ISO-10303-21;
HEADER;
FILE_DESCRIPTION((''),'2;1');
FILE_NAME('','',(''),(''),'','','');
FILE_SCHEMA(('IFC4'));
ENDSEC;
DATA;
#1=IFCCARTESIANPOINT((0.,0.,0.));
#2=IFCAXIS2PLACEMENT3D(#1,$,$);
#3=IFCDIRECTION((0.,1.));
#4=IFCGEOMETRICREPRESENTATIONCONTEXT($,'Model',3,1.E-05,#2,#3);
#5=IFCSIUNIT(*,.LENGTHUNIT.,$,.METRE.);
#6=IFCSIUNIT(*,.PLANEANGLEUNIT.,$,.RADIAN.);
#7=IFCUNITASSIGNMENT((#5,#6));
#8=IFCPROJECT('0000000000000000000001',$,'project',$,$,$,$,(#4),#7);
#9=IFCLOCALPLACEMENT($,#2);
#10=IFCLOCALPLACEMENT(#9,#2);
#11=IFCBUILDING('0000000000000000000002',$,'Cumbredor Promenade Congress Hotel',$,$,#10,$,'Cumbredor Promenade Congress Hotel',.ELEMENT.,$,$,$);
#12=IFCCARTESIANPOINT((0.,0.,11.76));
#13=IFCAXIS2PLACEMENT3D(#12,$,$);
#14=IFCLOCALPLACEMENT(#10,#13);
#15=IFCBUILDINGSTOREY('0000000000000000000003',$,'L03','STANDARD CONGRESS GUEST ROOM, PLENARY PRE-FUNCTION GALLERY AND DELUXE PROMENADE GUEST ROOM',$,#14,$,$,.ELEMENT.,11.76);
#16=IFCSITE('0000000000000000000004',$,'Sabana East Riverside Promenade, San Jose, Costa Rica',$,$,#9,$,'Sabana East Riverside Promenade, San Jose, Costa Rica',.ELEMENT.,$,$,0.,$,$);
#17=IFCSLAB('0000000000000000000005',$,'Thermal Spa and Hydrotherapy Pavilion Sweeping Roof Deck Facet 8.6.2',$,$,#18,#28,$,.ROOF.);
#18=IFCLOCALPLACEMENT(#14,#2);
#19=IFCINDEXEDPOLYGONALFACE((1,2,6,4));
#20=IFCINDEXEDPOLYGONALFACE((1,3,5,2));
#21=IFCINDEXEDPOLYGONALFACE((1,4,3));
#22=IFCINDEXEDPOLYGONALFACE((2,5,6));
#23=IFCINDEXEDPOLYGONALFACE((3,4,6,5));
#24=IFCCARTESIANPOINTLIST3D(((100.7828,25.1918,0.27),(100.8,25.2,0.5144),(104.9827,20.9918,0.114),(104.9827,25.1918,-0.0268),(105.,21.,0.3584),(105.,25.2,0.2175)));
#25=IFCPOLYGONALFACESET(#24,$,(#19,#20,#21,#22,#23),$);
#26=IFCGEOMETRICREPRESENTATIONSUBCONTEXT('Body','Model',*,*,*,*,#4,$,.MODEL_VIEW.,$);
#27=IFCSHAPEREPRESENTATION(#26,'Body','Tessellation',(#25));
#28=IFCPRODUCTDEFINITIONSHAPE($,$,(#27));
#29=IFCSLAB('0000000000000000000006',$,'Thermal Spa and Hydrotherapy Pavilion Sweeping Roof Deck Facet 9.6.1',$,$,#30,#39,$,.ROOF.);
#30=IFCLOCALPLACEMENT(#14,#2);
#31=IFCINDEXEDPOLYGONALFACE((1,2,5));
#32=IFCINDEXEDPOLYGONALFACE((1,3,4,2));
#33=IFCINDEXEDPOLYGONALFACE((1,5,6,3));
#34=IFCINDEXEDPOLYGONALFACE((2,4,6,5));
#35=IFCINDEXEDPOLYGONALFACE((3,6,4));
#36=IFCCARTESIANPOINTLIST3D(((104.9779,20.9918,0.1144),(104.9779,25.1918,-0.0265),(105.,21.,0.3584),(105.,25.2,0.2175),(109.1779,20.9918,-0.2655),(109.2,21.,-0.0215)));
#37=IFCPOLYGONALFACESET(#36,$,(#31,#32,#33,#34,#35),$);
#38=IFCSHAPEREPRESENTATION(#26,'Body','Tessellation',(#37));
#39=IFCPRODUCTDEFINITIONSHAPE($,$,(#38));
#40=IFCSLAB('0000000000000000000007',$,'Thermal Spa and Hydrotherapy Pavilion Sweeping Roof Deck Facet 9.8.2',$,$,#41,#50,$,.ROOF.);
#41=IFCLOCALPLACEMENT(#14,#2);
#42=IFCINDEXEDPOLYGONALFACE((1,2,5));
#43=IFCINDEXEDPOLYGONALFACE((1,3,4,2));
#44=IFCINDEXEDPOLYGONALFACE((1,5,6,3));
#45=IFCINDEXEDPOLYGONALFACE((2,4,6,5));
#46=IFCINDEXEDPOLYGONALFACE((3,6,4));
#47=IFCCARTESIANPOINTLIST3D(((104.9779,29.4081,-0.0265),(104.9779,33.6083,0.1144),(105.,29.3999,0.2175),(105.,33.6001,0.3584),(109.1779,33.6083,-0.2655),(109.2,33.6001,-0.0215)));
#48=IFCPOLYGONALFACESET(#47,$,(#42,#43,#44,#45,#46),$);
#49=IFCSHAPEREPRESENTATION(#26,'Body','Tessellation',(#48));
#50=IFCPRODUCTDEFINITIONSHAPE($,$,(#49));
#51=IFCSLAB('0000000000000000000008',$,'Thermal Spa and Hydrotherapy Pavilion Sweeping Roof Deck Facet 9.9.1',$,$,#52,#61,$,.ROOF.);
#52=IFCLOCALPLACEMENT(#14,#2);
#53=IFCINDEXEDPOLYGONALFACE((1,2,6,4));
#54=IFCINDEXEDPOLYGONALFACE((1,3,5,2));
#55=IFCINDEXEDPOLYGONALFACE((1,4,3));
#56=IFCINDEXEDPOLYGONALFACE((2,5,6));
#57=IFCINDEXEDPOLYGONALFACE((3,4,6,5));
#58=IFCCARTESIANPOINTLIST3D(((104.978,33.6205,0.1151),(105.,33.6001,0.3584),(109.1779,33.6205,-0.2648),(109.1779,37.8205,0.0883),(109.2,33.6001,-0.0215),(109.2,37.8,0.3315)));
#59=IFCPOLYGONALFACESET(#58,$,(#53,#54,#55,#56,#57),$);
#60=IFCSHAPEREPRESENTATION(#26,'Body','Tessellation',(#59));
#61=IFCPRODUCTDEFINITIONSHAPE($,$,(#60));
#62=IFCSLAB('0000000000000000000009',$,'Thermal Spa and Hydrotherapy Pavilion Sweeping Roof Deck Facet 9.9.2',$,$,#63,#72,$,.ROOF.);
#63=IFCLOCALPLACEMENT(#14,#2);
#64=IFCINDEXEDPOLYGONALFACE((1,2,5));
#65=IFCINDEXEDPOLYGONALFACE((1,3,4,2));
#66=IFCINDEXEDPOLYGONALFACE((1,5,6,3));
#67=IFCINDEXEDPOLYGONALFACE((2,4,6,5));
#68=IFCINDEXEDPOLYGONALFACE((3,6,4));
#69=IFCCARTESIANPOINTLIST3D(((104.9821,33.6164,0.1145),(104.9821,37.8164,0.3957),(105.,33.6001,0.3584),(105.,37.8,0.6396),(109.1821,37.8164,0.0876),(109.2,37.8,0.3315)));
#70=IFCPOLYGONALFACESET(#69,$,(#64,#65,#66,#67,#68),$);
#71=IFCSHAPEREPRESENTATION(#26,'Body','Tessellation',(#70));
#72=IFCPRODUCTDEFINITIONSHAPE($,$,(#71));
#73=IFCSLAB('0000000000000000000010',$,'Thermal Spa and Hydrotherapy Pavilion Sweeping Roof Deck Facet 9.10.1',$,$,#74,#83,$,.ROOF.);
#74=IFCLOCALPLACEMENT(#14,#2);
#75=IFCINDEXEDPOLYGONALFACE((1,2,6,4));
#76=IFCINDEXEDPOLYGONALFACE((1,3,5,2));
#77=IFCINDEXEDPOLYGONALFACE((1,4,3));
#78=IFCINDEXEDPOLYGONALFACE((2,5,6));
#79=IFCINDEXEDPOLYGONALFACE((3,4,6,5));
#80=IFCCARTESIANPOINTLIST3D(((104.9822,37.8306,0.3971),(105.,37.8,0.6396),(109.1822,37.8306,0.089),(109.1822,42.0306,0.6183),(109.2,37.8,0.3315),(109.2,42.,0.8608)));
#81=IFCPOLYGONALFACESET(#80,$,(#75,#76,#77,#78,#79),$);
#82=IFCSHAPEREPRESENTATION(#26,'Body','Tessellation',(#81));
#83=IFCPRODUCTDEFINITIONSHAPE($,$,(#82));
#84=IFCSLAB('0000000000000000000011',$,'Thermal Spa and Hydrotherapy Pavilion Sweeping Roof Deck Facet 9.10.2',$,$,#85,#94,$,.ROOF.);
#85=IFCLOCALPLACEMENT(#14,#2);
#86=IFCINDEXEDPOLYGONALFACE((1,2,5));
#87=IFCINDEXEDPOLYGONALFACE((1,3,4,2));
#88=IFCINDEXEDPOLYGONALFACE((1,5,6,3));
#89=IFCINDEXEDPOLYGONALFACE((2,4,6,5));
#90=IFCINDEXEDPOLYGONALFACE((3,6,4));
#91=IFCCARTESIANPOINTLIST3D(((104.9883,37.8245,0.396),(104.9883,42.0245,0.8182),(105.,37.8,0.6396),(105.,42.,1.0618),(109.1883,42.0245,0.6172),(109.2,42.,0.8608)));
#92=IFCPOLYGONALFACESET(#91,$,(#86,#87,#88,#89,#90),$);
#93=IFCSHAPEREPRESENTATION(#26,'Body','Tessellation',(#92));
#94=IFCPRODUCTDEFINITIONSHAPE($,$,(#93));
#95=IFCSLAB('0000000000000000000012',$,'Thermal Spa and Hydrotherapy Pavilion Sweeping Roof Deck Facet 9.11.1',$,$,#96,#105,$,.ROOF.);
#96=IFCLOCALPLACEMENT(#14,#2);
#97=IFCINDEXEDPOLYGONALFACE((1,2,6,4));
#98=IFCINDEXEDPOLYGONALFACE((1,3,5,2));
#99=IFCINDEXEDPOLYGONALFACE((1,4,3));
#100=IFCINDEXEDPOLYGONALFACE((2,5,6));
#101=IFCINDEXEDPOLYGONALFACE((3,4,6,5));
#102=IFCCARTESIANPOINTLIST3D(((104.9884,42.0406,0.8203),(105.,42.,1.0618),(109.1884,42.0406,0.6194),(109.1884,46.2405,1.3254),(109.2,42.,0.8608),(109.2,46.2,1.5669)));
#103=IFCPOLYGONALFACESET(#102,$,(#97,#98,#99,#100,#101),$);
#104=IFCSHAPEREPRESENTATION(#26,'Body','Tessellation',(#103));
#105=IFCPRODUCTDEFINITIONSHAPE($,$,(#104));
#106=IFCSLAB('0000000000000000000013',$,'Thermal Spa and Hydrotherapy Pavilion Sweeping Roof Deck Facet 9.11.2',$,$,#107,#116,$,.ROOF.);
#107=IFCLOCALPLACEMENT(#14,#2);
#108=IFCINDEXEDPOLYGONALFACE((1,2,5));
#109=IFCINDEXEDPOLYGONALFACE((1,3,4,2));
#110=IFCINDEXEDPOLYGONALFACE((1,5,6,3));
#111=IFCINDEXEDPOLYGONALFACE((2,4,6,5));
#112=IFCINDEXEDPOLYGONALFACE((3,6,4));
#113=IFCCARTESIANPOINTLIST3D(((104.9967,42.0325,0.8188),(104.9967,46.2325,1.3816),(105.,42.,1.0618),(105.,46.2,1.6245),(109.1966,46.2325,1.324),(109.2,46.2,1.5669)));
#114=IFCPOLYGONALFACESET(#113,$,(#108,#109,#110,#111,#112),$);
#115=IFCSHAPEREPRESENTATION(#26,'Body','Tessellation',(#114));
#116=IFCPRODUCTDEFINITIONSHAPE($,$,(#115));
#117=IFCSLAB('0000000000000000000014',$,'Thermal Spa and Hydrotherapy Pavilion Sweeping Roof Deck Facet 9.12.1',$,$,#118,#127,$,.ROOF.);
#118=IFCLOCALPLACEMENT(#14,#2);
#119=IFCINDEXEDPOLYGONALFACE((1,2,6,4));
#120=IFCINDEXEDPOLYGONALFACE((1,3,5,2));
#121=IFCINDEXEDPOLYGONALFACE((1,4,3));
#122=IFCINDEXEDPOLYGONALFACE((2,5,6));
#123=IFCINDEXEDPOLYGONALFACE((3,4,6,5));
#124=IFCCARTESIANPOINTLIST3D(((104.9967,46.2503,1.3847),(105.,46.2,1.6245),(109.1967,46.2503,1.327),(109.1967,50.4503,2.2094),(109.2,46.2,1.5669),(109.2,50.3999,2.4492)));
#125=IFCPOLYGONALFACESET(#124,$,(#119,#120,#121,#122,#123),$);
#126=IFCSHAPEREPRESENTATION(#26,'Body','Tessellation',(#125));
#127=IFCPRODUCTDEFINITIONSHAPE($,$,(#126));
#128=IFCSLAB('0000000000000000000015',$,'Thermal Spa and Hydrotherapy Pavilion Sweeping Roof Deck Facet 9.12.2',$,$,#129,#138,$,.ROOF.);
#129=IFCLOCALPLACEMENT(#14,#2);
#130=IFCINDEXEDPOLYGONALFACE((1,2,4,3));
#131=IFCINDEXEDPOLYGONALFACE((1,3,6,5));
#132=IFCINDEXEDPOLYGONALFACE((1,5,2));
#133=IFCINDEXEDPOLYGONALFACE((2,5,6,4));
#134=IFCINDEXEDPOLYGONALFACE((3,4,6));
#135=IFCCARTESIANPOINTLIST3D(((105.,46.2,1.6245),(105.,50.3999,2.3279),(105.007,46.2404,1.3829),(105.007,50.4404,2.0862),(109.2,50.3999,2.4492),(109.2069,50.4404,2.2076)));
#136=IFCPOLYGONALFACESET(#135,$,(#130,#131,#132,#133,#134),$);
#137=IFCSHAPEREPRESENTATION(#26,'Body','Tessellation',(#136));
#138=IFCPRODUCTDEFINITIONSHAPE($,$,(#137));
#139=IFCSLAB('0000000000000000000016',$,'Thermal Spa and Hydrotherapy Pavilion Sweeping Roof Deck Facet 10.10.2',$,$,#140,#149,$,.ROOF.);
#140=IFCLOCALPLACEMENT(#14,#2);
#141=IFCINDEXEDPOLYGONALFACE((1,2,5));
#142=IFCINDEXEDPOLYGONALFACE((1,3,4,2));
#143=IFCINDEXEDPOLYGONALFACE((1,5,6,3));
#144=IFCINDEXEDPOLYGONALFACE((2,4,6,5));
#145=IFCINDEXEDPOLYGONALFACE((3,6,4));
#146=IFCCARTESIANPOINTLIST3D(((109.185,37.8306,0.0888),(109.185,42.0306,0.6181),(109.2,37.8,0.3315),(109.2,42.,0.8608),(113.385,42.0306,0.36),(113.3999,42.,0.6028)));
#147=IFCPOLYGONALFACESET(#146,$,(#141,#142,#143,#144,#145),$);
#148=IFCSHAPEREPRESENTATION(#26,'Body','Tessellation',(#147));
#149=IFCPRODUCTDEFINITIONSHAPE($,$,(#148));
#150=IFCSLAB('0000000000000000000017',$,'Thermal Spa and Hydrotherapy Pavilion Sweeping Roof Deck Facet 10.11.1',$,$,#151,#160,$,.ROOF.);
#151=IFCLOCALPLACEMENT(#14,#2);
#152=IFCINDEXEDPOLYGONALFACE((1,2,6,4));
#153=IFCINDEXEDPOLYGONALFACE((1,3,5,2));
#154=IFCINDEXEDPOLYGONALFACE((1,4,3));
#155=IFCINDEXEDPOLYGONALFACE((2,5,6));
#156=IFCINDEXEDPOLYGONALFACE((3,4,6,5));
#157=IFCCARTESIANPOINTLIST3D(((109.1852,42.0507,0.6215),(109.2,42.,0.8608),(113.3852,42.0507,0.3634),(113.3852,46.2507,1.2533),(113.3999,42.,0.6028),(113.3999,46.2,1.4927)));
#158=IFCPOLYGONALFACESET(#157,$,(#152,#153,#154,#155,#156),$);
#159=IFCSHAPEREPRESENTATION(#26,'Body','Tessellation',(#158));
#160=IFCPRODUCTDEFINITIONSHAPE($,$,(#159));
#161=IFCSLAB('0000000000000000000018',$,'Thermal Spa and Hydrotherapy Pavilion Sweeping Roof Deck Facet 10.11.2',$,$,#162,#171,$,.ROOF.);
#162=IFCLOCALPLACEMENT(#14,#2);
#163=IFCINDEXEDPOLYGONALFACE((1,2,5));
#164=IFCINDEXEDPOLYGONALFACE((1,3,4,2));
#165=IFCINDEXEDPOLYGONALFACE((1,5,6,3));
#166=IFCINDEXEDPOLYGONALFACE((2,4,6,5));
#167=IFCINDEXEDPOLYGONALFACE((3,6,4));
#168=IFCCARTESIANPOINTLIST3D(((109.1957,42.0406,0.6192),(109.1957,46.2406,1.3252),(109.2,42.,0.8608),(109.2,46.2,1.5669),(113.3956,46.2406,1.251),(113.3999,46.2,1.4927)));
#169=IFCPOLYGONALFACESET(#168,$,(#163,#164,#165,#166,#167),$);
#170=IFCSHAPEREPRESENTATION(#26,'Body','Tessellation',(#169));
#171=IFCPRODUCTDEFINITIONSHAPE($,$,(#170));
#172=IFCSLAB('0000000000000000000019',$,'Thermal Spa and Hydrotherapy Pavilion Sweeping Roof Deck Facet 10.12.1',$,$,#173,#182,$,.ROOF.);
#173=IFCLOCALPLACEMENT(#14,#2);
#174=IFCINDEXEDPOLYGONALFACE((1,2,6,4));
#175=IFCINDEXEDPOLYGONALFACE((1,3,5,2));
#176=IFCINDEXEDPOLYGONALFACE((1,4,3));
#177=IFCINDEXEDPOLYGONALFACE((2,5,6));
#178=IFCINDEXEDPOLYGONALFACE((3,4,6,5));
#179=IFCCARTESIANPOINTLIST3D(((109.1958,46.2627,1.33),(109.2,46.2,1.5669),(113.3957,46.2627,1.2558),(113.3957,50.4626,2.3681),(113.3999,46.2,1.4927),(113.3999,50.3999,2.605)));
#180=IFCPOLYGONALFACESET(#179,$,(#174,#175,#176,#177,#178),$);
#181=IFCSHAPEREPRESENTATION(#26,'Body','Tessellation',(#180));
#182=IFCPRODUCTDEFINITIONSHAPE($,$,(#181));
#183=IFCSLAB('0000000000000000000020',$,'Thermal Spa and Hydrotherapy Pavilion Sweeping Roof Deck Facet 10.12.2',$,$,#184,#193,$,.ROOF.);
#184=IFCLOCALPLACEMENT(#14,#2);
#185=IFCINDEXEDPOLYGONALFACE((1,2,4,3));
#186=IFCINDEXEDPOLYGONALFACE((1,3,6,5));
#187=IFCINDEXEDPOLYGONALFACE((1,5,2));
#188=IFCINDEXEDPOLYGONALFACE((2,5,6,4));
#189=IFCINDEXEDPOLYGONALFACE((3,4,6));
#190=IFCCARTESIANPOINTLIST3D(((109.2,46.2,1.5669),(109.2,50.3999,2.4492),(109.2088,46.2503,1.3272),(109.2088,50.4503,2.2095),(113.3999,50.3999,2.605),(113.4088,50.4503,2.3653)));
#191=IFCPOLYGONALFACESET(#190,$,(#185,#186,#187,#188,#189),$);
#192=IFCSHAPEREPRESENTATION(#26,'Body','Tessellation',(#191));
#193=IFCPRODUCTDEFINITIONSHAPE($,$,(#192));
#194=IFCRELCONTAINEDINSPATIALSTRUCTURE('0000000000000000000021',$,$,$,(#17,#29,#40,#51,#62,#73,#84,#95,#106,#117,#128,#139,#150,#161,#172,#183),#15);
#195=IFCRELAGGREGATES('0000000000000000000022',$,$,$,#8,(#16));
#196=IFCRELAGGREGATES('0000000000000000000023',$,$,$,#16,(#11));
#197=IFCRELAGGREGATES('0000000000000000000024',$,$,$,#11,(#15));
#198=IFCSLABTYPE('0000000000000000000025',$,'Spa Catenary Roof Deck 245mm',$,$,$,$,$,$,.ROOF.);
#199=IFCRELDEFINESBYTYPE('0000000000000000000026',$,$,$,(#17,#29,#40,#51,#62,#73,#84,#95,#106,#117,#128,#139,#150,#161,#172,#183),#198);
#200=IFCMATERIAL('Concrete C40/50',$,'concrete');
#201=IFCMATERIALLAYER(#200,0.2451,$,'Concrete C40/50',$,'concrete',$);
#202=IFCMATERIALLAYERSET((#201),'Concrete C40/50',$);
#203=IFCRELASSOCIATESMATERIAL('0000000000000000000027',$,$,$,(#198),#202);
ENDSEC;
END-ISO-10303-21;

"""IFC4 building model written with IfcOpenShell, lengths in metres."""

from ifc_helpers import new_model, si_unit, direction, frame, origin, place, context, subcontext, project, spatial, polyline, outline, extrude, material, layer, layer_set, type_object, element, save


model = new_model("IFC4")

# Units and contexts
model_context = context("Model", 3, precision=1e-05, world=origin(), true_north=direction((0.0, 1.0)))
body_context = subcontext(model_context, "Body", "Model", "MODEL_VIEW")
ifc_project = project(units=[si_unit("LENGTHUNIT", "METRE"), si_unit("PLANEANGLEUNIT", "RADIAN")], contexts=[model_context])

# Site, building, storey
site_placement = place(None, origin())
site = spatial("IfcSite", under=ifc_project, at=site_placement, Name="Sabana East Riverside Promenade, San Jose, Costa Rica", LongName="Sabana East Riverside Promenade, San Jose, Costa Rica", CompositionType="ELEMENT", RefElevation=0.0)
building_placement = place(site_placement, origin())
building = spatial("IfcBuilding", under=site, at=building_placement, Name="Cumbredor Promenade Congress Hotel", LongName="Cumbredor Promenade Congress Hotel", CompositionType="ELEMENT")
storey_placement = place(building_placement, frame((0.0, 0.0, 11.76)))
storey = spatial("IfcBuildingStorey", under=building, at=storey_placement, Name="L03", Description="STANDARD CONGRESS GUEST ROOM, PLENARY PRE-FUNCTION GALLERY AND DELUXE PROMENADE GUEST ROOM", CompositionType="ELEMENT", Elevation=11.76)

# Slabs
ifc_material_1 = material(Name="Concrete C40/50", Category="concrete")
ifc_layer_1 = layer(ifc_material_1, 0.2451, Name="Concrete C40/50", Category="concrete")
ifc_layer_set_1 = layer_set([ifc_layer_1], Name="Concrete C40/50")
slab_type = type_object("IfcSlabType", Name="Spa Catenary Roof Deck 245mm", PredefinedType="ROOF", material=ifc_layer_set_1)
slab_1_placement = place(storey_placement, frame((105.0, 21.0, 0.3584), z_axis=(0.07047, 0.033438, 0.996953), x_axis=(0.0, 0.999438, -0.033522)))
element("IfcSlab", 1, at=slab_1_placement, inside=storey, type_object=slab_type, Name="Thermal Spa and Hydrotherapy Pavilion Sweeping Roof Deck Facet 8.6.2", PredefinedType="ROOF", context=body_context, shape_type="SweptSolid", body=[
    extrude(outline(polyline([(0.0, 0.0), (4.2023, 0.0), (4.1924, 4.2104), (0.0, 0.0)])), origin(), (0.0, 0.0, -1.0), 0.2451),
])
slab_2_placement = place(storey_placement, frame((105.0, 21.0, 0.3584), z_axis=(0.090031, 0.033386, 0.995379), x_axis=(0.995934, 0.0, -0.090082)))
element("IfcSlab", 2, at=slab_2_placement, inside=storey, type_object=slab_type, Name="Thermal Spa and Hydrotherapy Pavilion Sweeping Roof Deck Facet 9.6.1", PredefinedType="ROOF", context=body_context, shape_type="SweptSolid", body=[
    extrude(outline(polyline([(0.0, 0.0), (4.2171, 0.0), (0.0127, 4.2023), (0.0, 0.0)])), origin(), (0.0, 0.0, -1.0), 0.2451),
])
slab_3_placement = place(storey_placement, frame((105.0, 29.3999, 0.2175), z_axis=(0.090031, -0.033384, 0.995379), x_axis=(0.706514, 0.706556, -0.040207)))
element("IfcSlab", 3, at=slab_3_placement, inside=storey, type_object=slab_type, Name="Thermal Spa and Hydrotherapy Pavilion Sweeping Roof Deck Facet 9.8.2", PredefinedType="ROOF", context=body_context, shape_type="SweptSolid", body=[
    extrude(outline(polyline([(0.0, 0.0), (5.9446, 0.0), (2.962, 2.9813), (0.0, 0.0)])), origin(), (0.0, 0.0, -1.0), 0.2451),
])
slab_4_placement = place(storey_placement, frame((105.0, 33.6001, 0.3584), z_axis=(0.089768, -0.083422, 0.992463), x_axis=(0.995934, 0.0, -0.090082)))
element("IfcSlab", 4, at=slab_4_placement, inside=storey, type_object=slab_type, Name="Thermal Spa and Hydrotherapy Pavilion Sweeping Roof Deck Facet 9.9.1", PredefinedType="ROOF", context=body_context, shape_type="SweptSolid", body=[
    extrude(outline(polyline([(0.0, 0.0), (4.2171, 0.0), (4.1853, 4.2146), (0.0, 0.0)])), origin(), (0.0, 0.0, -1.0), 0.2451),
])
slab_5_placement = place(storey_placement, frame((105.0, 33.6001, 0.3584), z_axis=(0.073, -0.066637, 0.995103), x_axis=(0.7071, 0.7071, -0.004521)))
element("IfcSlab", 5, at=slab_5_placement, inside=storey, type_object=slab_type, Name="Thermal Spa and Hydrotherapy Pavilion Sweeping Roof Deck Facet 9.9.2", PredefinedType="ROOF", context=body_context, shape_type="SweptSolid", body=[
    extrude(outline(polyline([(0.0, 0.0), (5.9397, 0.0), (2.9685, 2.9844), (0.0, 0.0)])), origin(), (0.0, 0.0, -1.0), 0.2451),
])
slab_6_placement = place(storey_placement, frame((105.0, 37.8, 0.6396), z_axis=(0.072592, -0.124706, 0.989535), x_axis=(0.99732, 0.0, -0.073163)))
element("IfcSlab", 6, at=slab_6_placement, inside=storey, type_object=slab_type, Name="Thermal Spa and Hydrotherapy Pavilion Sweeping Roof Deck Facet 9.10.1", PredefinedType="ROOF", context=body_context, shape_type="SweptSolid", body=[
    extrude(outline(polyline([(0.0, 0.0), (4.2112, 0.0), (4.1725, 4.233), (0.0, 0.0)])), origin(), (0.0, 0.0, -1.0), 0.2451),
])
slab_7_placement = place(storey_placement, frame((105.0, 37.8, 0.6396), z_axis=(0.047547, -0.099889, 0.993862), x_axis=(0.706617, 0.706617, 0.037214)))
element("IfcSlab", 7, at=slab_7_placement, inside=storey, type_object=slab_type, Name="Thermal Spa and Hydrotherapy Pavilion Sweeping Roof Deck Facet 9.10.2", PredefinedType="ROOF", context=body_context, shape_type="SweptSolid", body=[
    extrude(outline(polyline([(0.0, 0.0), (5.9437, 0.0), (2.9835, 2.9861), (0.0, 0.0)])), origin(), (0.0, 0.0, -1.0), 0.2451),
])
slab_8_placement = place(storey_placement, frame((105.0, 42.0, 1.0618), z_axis=(0.047126, -0.1656, 0.985066), x_axis=(0.998858, 0.0, -0.047786)))
element("IfcSlab", 8, at=slab_8_placement, inside=storey, type_object=slab_type, Name="Thermal Spa and Hydrotherapy Pavilion Sweeping Roof Deck Facet 9.11.1", PredefinedType="ROOF", context=body_context, shape_type="SweptSolid", body=[
    extrude(outline(polyline([(0.0, 0.0), (4.2048, 0.0), (4.171, 4.2588), (0.0, 0.0)])), origin(), (0.0, 0.0, -1.0), 0.2451),
])
slab_9_placement = place(storey_placement, frame((105.0, 42.0, 1.0618), z_axis=(0.013596, -0.132789, 0.991051), x_axis=(0.704564, 0.704564, 0.084738)))
element("IfcSlab", 9, at=slab_9_placement, inside=storey, type_object=slab_type, Name="Thermal Spa and Hydrotherapy Pavilion Sweeping Roof Deck Facet 9.11.2", PredefinedType="ROOF", context=body_context, shape_type="SweptSolid", body=[
    extrude(outline(polyline([(0.0, 0.0), (5.9611, 0.0), (3.0068, 2.9859), (0.0, 0.0)])), origin(), (0.0, 0.0, -1.0), 0.2451),
])
slab_10_placement = place(storey_placement, frame((105.0, 46.2, 1.6245), z_axis=(0.013424, -0.205573, 0.97855), x_axis=(0.999906, 0.0, -0.013717)))
element("IfcSlab", 10, at=slab_10_placement, inside=storey, type_object=slab_type, Name="Thermal Spa and Hydrotherapy Pavilion Sweeping Roof Deck Facet 9.12.1", PredefinedType="ROOF", context=body_context, shape_type="SweptSolid", body=[
    extrude(outline(polyline([(0.0, 0.0), (4.2003, 0.0), (4.1882, 4.2916), (0.0, 0.0)])), origin(), (0.0, 0.0, -1.0), 0.2451),
])
slab_11_placement = place(storey_placement, frame((105.0, 46.2, 1.6245), z_axis=(-0.028482, -0.165104, 0.985865), x_axis=(0.700388, 0.700388, 0.137529)))
element("IfcSlab", 11, at=slab_11_placement, inside=storey, type_object=slab_type, Name="Thermal Spa and Hydrotherapy Pavilion Sweeping Roof Deck Facet 9.12.2", PredefinedType="ROOF", context=body_context, shape_type="SweptSolid", body=[
    extrude(outline(polyline([(0.0, 0.0), (5.9966, 0.0), (3.0383, 2.9838), (0.0, 0.0)])), origin(), (0.0, 0.0, -1.0), 0.2451),
])
slab_12_placement = place(storey_placement, frame((109.2, 37.8, 0.3315), z_axis=(0.060848, -0.124804, 0.990314), x_axis=(0.706371, 0.706371, 0.045619)))
element("IfcSlab", 12, at=slab_12_placement, inside=storey, type_object=slab_type, Name="Thermal Spa and Hydrotherapy Pavilion Sweeping Roof Deck Facet 10.10.2", PredefinedType="ROOF", context=body_context, shape_type="SweptSolid", body=[
    extrude(outline(polyline([(0.0, 0.0), (5.9458, 0.0), (2.9909, 2.9957), (0.0, 0.0)])), origin(), (0.0, 0.0, -1.0), 0.2451),
])
slab_13_placement = place(storey_placement, frame((109.2, 42.0, 0.8608), z_axis=(0.06, -0.206906, 0.976519), x_axis=(0.998118, 0.0, -0.061327)))
element("IfcSlab", 13, at=slab_13_placement, inside=storey, type_object=slab_type, Name="Thermal Spa and Hydrotherapy Pavilion Sweeping Roof Deck Facet 10.11.1", PredefinedType="ROOF", context=body_context, shape_type="SweptSolid", body=[
    extrude(outline(polyline([(0.0, 0.0), (4.2079, 0.0), (4.1533, 4.2928), (0.0, 0.0)])), origin(), (0.0, 0.0, -1.0), 0.2451),
])
slab_14_placement = place(storey_placement, frame((109.2, 42.0, 0.8608), z_axis=(0.017424, -0.165759, 0.986012), x_axis=(0.70314, 0.70314, 0.10578)))
element("IfcSlab", 14, at=slab_14_placement, inside=storey, type_object=slab_type, Name="Thermal Spa and Hydrotherapy Pavilion Sweeping Roof Deck Facet 10.11.2", PredefinedType="ROOF", context=body_context, shape_type="SweptSolid", body=[
    extrude(outline(polyline([(0.0, 0.0), (5.9731, 0.0), (3.0278, 2.995), (0.0, 0.0)])), origin(), (0.0, 0.0, -1.0), 0.2451),
])
slab_15_placement = place(storey_placement, frame((109.2, 46.2, 1.5669), z_axis=(0.01708, -0.255974, 0.966533), x_axis=(0.999844, 0.0, -0.017669)))
element("IfcSlab", 15, at=slab_15_placement, inside=storey, type_object=slab_type, Name="Thermal Spa and Hydrotherapy Pavilion Sweeping Roof Deck Facet 10.12.1", PredefinedType="ROOF", context=body_context, shape_type="SweptSolid", body=[
    extrude(outline(polyline([(0.0, 0.0), (4.2006, 0.0), (4.181, 4.3447), (0.0, 0.0)])), origin(), (0.0, 0.0, -1.0), 0.2451),
])
slab_16_placement = place(storey_placement, frame((109.2, 46.2, 1.5669), z_axis=(-0.03627, -0.205457, 0.977994), x_axis=(0.696549, 0.696549, 0.172163)))
element("IfcSlab", 16, at=slab_16_placement, inside=storey, type_object=slab_type, Name="Thermal Spa and Hydrotherapy Pavilion Sweeping Roof Deck Facet 10.12.2", PredefinedType="ROOF", context=body_context, shape_type="SweptSolid", body=[
    extrude(outline(polyline([(0.0, 0.0), (6.0297, 0.0), (3.0774, 2.9913), (0.0, 0.0)])), origin(), (0.0, 0.0, -1.0), 0.2451),
])

save(model, "model.ifc")
